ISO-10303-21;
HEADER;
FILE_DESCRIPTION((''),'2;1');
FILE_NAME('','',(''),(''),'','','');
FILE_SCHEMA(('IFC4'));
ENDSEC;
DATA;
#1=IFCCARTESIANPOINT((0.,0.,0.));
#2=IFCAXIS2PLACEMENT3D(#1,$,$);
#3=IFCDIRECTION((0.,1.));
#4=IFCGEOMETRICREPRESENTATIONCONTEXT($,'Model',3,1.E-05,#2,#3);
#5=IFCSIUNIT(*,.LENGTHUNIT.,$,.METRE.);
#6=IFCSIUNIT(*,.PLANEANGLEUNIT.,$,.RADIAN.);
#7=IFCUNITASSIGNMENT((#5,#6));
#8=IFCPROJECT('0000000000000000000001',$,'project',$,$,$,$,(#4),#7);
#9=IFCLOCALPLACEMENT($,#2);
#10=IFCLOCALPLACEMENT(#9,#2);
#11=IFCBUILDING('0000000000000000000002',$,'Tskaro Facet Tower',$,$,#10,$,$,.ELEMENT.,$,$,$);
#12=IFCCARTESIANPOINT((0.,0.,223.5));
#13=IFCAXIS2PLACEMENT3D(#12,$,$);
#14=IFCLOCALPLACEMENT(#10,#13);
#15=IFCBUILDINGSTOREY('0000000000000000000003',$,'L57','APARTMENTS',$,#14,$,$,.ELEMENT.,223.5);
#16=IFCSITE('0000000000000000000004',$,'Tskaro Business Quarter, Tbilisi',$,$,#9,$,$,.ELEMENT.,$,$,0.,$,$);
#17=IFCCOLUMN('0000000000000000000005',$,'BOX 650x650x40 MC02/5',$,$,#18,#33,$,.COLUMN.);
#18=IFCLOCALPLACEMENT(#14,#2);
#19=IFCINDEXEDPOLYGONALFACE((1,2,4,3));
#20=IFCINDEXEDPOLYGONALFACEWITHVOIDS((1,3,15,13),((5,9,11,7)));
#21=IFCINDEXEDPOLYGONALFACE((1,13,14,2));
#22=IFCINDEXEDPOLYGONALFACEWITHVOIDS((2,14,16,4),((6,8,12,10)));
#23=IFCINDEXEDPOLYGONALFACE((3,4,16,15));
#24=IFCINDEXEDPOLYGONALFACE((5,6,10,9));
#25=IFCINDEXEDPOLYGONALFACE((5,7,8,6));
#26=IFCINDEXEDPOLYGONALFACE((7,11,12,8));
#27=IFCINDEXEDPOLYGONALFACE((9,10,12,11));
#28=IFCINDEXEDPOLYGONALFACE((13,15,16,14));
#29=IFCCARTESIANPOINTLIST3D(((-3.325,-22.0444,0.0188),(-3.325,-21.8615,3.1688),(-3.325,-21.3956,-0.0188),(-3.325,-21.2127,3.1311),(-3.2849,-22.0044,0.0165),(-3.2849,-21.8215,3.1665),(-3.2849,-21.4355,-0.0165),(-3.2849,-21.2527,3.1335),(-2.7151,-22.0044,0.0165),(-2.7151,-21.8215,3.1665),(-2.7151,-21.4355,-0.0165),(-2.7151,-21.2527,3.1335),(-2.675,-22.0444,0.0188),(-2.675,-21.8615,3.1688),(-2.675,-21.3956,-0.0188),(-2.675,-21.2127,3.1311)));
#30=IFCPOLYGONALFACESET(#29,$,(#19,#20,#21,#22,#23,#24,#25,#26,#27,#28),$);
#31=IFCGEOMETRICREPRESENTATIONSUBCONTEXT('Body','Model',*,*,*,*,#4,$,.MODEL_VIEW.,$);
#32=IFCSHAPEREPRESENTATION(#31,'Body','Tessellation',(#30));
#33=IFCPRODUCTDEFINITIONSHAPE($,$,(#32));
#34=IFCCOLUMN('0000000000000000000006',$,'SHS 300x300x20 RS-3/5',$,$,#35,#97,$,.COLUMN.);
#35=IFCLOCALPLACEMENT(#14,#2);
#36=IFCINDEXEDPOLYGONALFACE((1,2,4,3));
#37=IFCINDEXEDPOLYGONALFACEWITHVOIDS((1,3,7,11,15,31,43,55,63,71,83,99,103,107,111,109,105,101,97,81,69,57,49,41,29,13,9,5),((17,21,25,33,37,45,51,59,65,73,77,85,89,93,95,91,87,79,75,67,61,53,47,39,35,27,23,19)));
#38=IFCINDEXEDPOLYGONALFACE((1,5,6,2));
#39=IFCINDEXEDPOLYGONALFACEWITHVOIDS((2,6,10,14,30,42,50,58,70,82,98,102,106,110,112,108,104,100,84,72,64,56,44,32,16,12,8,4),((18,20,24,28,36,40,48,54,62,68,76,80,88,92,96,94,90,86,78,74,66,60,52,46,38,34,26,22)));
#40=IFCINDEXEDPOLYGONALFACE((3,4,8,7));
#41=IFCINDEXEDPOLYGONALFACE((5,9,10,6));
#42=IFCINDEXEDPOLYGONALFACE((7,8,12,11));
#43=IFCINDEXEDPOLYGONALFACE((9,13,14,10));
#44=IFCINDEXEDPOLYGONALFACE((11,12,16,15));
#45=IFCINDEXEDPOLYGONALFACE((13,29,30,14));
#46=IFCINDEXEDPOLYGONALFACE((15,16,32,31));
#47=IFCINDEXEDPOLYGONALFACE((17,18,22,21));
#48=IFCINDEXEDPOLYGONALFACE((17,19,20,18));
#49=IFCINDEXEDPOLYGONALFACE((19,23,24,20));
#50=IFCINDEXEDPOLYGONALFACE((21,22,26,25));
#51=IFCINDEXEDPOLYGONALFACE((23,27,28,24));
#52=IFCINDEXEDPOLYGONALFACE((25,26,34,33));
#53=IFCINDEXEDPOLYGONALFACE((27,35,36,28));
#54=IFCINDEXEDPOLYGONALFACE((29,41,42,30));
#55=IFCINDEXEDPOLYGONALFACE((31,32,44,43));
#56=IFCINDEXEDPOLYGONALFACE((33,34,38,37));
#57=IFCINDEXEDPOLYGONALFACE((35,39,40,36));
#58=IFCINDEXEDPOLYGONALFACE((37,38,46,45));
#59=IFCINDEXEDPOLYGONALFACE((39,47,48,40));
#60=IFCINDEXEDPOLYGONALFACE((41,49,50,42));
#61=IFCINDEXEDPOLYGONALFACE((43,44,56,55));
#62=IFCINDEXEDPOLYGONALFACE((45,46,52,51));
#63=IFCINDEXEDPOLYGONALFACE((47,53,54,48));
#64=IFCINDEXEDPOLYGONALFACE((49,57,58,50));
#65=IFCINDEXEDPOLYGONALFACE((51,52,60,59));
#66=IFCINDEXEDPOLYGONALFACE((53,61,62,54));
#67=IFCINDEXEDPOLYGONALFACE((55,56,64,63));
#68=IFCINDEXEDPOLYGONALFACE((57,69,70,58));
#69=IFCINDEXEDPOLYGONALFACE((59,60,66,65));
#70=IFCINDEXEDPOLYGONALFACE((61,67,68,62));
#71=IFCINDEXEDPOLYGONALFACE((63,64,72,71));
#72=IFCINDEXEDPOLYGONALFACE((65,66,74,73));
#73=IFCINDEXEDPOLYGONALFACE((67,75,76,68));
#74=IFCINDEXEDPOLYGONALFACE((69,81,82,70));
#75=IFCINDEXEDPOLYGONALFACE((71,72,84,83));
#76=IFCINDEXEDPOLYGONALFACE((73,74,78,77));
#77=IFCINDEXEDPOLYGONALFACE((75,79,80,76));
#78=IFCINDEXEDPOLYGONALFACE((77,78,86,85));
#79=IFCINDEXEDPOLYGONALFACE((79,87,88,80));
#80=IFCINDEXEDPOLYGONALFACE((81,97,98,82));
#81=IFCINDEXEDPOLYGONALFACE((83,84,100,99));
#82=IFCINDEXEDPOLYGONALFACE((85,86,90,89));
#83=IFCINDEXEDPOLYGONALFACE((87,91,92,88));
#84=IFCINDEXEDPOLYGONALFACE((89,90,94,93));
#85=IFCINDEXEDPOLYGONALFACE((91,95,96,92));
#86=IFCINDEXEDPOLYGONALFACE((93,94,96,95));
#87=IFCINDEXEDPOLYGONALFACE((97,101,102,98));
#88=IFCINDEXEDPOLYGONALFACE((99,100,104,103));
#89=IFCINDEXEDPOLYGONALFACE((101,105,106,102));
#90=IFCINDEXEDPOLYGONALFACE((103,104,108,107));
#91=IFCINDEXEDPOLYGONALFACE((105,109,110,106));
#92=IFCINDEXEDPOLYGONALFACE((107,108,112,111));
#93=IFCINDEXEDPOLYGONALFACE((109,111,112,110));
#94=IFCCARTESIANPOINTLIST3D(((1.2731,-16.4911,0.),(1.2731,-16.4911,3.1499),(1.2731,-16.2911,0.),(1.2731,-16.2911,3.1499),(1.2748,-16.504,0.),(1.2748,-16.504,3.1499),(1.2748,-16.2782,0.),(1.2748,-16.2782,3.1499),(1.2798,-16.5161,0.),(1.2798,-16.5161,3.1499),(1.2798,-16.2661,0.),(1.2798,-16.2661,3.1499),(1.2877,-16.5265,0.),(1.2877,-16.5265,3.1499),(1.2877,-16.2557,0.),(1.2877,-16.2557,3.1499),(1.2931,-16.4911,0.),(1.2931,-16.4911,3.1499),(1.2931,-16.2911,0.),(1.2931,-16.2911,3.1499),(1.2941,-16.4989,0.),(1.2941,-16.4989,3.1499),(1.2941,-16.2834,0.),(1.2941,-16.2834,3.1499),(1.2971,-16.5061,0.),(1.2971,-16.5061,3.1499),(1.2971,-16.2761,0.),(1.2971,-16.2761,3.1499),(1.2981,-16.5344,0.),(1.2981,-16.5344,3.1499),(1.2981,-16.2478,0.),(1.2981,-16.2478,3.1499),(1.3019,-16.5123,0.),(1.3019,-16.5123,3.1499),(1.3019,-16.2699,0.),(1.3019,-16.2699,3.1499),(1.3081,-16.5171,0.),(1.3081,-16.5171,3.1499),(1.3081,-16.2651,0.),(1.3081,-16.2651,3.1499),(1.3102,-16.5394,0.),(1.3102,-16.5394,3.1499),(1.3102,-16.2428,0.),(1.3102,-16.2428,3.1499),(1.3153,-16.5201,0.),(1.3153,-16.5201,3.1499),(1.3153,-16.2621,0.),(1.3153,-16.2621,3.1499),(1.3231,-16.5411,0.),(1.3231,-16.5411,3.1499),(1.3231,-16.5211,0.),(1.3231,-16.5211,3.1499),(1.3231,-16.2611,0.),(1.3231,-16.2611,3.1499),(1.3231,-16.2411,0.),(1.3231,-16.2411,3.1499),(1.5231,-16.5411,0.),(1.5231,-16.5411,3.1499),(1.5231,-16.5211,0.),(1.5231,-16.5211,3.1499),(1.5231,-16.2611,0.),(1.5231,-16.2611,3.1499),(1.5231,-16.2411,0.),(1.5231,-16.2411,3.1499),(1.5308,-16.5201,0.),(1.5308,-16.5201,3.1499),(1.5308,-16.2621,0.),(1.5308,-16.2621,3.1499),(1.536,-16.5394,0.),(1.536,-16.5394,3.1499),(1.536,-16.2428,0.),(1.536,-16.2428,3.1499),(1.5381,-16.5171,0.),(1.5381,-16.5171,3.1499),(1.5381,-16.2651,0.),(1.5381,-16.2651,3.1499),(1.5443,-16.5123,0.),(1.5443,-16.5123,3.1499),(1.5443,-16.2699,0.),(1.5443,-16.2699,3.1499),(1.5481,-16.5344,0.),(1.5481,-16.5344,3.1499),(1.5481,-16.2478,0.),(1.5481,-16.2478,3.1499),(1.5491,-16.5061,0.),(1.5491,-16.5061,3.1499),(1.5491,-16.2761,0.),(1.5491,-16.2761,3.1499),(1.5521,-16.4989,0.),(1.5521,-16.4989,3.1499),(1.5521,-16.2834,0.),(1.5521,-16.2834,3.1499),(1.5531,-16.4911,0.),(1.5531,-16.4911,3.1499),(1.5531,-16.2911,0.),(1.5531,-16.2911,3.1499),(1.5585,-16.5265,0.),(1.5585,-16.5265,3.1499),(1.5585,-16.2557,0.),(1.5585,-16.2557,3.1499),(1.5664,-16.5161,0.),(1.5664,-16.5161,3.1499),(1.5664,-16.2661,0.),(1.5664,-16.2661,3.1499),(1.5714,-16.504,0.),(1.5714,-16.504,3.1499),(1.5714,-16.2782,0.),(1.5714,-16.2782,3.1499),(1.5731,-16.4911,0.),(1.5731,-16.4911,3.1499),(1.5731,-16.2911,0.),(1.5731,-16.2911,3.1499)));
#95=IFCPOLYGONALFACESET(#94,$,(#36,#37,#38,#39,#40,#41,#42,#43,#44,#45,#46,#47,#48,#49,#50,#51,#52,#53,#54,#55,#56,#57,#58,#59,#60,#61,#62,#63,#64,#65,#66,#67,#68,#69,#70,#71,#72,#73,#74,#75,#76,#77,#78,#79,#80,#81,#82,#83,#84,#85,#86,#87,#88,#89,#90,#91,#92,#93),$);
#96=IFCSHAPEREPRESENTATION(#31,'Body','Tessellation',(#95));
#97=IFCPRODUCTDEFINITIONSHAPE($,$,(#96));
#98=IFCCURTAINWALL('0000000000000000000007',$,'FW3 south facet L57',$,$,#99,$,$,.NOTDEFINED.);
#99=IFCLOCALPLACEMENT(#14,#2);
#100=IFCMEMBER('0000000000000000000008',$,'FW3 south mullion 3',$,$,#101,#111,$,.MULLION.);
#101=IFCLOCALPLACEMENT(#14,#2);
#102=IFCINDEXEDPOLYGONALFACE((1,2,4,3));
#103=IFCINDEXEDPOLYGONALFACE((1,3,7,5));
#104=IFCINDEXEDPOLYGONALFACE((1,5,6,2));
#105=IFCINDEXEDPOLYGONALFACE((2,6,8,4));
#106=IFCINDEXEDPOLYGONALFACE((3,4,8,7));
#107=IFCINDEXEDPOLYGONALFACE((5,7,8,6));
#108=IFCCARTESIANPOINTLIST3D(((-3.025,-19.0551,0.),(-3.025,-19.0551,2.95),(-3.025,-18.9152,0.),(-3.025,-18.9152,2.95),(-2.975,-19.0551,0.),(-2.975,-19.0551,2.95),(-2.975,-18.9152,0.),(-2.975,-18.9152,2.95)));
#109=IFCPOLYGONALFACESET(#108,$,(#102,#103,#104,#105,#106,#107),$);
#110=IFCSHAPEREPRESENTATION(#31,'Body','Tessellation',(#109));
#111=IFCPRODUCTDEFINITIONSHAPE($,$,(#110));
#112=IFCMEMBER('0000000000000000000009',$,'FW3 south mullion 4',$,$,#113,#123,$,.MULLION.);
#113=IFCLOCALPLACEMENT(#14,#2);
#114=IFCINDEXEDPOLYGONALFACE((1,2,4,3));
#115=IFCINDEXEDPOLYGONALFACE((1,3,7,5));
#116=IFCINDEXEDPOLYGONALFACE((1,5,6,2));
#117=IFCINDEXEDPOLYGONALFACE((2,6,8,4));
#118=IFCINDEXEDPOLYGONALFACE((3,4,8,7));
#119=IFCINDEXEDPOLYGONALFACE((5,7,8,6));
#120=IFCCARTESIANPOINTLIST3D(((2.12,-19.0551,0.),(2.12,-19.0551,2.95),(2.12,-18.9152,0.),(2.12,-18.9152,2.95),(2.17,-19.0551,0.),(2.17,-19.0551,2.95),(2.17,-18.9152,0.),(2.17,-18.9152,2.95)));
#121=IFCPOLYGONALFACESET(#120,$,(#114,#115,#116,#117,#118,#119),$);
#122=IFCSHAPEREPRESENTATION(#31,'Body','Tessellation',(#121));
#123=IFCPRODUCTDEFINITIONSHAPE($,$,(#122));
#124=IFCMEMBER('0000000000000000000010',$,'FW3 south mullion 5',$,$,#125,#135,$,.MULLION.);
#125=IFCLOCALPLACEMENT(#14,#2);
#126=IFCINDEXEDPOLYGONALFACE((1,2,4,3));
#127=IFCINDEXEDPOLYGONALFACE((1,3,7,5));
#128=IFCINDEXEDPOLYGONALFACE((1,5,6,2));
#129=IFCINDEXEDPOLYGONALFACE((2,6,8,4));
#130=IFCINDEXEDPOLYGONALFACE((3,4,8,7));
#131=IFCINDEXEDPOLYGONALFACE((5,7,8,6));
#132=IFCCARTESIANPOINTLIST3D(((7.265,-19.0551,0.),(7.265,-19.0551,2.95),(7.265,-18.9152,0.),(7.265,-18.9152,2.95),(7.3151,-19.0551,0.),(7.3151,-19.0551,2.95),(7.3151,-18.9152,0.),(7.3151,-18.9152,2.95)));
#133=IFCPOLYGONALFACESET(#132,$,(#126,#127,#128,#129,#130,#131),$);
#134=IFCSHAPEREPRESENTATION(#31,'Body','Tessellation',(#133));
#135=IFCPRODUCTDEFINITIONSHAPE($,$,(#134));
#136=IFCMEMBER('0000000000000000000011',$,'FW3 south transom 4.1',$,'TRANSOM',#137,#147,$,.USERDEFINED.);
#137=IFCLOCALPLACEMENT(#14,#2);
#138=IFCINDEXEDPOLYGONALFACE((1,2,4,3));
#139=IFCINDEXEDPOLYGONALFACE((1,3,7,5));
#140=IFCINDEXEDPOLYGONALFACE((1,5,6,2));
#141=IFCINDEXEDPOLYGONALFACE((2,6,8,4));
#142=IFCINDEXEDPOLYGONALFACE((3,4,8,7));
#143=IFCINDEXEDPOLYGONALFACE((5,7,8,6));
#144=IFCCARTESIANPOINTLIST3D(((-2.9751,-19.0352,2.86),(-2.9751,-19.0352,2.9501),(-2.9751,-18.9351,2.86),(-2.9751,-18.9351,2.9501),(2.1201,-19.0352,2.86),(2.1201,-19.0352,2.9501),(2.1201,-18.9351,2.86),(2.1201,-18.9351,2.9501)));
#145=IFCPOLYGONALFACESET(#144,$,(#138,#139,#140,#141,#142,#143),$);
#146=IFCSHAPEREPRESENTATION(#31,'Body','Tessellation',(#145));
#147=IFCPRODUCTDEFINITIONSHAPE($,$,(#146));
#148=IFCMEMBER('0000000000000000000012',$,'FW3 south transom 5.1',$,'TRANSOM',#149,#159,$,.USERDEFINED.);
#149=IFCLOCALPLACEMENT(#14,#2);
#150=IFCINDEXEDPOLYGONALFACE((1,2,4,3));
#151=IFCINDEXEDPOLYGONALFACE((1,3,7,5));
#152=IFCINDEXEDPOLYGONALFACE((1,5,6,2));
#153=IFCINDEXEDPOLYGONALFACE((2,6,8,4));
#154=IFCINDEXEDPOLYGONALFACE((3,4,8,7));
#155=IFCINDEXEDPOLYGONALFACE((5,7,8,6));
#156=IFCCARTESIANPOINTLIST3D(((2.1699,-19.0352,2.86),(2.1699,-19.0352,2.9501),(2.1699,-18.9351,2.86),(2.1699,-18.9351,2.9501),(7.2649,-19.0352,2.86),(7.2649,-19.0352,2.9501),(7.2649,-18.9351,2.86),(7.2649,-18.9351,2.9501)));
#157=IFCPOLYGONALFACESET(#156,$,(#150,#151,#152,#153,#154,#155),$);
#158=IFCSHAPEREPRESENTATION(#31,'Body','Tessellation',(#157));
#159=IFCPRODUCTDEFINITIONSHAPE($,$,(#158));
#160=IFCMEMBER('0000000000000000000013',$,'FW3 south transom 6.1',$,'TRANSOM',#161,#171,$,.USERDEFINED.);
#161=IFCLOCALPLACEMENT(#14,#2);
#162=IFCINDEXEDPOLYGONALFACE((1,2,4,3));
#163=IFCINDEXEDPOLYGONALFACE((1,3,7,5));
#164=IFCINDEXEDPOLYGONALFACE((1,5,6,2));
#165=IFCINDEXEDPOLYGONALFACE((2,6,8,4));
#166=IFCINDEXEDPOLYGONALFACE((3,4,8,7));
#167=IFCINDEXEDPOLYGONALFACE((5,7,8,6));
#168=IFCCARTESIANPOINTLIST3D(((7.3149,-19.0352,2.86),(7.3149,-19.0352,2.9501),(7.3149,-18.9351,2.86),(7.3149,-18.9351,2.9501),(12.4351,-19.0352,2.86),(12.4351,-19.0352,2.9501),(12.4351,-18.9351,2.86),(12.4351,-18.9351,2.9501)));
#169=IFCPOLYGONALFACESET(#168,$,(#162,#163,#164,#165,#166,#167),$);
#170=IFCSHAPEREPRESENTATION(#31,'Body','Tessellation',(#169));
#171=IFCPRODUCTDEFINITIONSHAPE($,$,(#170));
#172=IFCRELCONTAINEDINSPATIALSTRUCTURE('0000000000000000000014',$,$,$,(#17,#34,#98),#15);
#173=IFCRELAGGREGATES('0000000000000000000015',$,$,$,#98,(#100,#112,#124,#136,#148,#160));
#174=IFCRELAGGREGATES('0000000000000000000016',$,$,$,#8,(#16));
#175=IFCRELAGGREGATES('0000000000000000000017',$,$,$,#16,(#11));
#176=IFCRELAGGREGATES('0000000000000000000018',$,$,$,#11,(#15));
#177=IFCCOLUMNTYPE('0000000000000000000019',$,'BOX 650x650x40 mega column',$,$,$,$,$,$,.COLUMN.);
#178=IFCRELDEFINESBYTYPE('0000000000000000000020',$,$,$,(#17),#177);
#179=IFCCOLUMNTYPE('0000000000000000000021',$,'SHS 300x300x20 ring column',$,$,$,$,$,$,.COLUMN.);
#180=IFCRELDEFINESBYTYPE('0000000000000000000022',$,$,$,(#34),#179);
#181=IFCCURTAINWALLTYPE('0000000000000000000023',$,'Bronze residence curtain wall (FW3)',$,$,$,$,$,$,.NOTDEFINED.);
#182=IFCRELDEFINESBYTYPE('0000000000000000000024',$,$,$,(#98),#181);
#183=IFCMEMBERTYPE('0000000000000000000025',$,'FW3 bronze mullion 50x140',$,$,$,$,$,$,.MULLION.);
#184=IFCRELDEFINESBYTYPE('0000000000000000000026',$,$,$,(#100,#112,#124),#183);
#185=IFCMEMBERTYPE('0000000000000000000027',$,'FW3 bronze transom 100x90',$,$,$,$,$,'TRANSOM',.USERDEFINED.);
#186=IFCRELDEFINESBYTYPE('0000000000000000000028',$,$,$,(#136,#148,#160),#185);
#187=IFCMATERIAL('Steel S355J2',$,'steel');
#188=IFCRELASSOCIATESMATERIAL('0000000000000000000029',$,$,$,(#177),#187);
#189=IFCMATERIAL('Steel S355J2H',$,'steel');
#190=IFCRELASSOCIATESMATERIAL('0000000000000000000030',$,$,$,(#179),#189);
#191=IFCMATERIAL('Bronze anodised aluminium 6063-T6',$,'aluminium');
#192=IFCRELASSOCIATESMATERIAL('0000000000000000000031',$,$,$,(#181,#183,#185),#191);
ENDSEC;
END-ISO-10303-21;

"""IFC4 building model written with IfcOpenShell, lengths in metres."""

from ifc_helpers import new_model, si_unit, direction, frame, origin, origin_2d, place, context, subcontext, project, spatial, rectangle, hollow_rectangle, extrude, material, material_profile, profile_set, type_object, element, aggregate, save


model = new_model("IFC4")

# Units and contexts
model_context = context("Model", 3, precision=1e-05, world=origin(), true_north=direction((0.0, 1.0)))
body_context = subcontext(model_context, "Body", "Model", "MODEL_VIEW")
ifc_project = project(units=[si_unit("LENGTHUNIT", "METRE"), si_unit("PLANEANGLEUNIT", "RADIAN")], contexts=[model_context])

# Site, building, storey
site_placement = place(None, origin())
site = spatial("IfcSite", under=ifc_project, at=site_placement, Name="Tskaro Business Quarter, Tbilisi", CompositionType="ELEMENT", RefElevation=0.0)
building_placement = place(site_placement, origin())
building = spatial("IfcBuilding", under=site, at=building_placement, Name="Tskaro Facet Tower", CompositionType="ELEMENT")
storey_placement = place(building_placement, frame((0.0, 0.0, 223.5)))
storey = spatial("IfcBuildingStorey", under=building, at=storey_placement, Name="L57", Description="APARTMENTS", CompositionType="ELEMENT", Elevation=223.5)

# Columns
ifc_material_1 = material(Name="Steel S355J2", Category="steel")
ifc_material_profile_1 = material_profile(ifc_material_1, hollow_rectangle(XDim=0.6499, YDim=0.6499, WallThickness=0.04, at=origin_2d()), Name="BOX 650x650x40")
ifc_profile_set_1 = profile_set([ifc_material_profile_1], Name="Steel S355J2")
column_type_1 = type_object("IfcColumnType", Name="BOX 650x650x40 mega column", PredefinedType="COLUMN", material=ifc_profile_set_1)
column_1_placement = place(storey_placement, frame((-3.0, -21.72, 0.0), z_axis=(0.0, 0.057955, 0.998319), x_axis=(-1.0, 0.0, 0.0)))
element("IfcColumn", 1, at=column_1_placement, inside=storey, type_object=column_type_1, Name="BOX 650x650x40 MC02/5", PredefinedType="COLUMN", context=body_context, shape_type="SweptSolid", body=[
    extrude(hollow_rectangle(XDim=0.6499, YDim=0.6499, WallThickness=0.04, at=origin_2d()), origin(), (0.0, 0.0, 1.0), 3.1553),
])
ifc_material_2 = material(Name="Steel S355J2H", Category="steel")
ifc_material_profile_2 = material_profile(ifc_material_2, hollow_rectangle(XDim=0.3, YDim=0.3, WallThickness=0.02, InnerFilletRadius=0.03, OuterFilletRadius=0.05, at=origin_2d()), Name="SHS 300x300x20")
ifc_profile_set_2 = profile_set([ifc_material_profile_2], Name="Steel S355J2H")
column_type_2 = type_object("IfcColumnType", Name="SHS 300x300x20 ring column", PredefinedType="COLUMN", material=ifc_profile_set_2)
column_2_placement = place(storey_placement, frame((1.4231, -16.3911, 0.0), z_axis=(0.0, 0.0, 1.0), x_axis=(1.0, 0.0, 0.0)))
element("IfcColumn", 2, at=column_2_placement, inside=storey, type_object=column_type_2, Name="SHS 300x300x20 RS-3/5", PredefinedType="COLUMN", context=body_context, shape_type="SweptSolid", body=[
    extrude(hollow_rectangle(XDim=0.3, YDim=0.3, WallThickness=0.02, InnerFilletRadius=0.03, OuterFilletRadius=0.05, at=origin_2d()), origin(), (0.0, 0.0, 1.0), 3.1499),
])

# Curtain wall, members
ifc_material_3 = material(Name="Bronze anodised aluminium 6063-T6", Category="aluminium")
curtain_wall_type = type_object("IfcCurtainWallType", Name="Bronze residence curtain wall (FW3)", PredefinedType="NOTDEFINED", material=ifc_material_3)
curtain_wall_placement = place(storey_placement, origin())
curtain_wall = element("IfcCurtainWall", 3, at=curtain_wall_placement, inside=storey, type_object=curtain_wall_type, Name="FW3 south facet L57", PredefinedType="NOTDEFINED")
ifc_material_profile_3 = material_profile(ifc_material_3, rectangle(XDim=0.05, YDim=0.1399, at=origin_2d()), Name="Mullion 50x140")
ifc_profile_set_3 = profile_set([ifc_material_profile_3], Name="Bronze anodised aluminium 6063-T6")
member_type_1 = type_object("IfcMemberType", Name="FW3 bronze mullion 50x140", PredefinedType="MULLION", material=ifc_profile_set_3)
member_1_placement = place(storey_placement, frame((-3.0, -18.9851, 0.0), z_axis=(0.0, 0.0, 1.0), x_axis=(1.0, 0.0, 0.0)))
member_1 = element("IfcMember", 4, at=member_1_placement, type_object=member_type_1, Name="FW3 south mullion 3", PredefinedType="MULLION", context=body_context, shape_type="SweptSolid", body=[
    extrude(rectangle(XDim=0.05, YDim=0.1399, at=origin_2d()), origin(), (0.0, 0.0, 1.0), 2.95),
])
member_2_placement = place(storey_placement, frame((2.145, -18.9851, 0.0), z_axis=(0.0, 0.0, 1.0), x_axis=(1.0, 0.0, 0.0)))
member_2 = element("IfcMember", 5, at=member_2_placement, type_object=member_type_1, Name="FW3 south mullion 4", PredefinedType="MULLION", context=body_context, shape_type="SweptSolid", body=[
    extrude(rectangle(XDim=0.05, YDim=0.1399, at=origin_2d()), origin(), (0.0, 0.0, 1.0), 2.95),
])
member_3_placement = place(storey_placement, frame((7.29, -18.9851, 0.0), z_axis=(0.0, 0.0, 1.0), x_axis=(1.0, 0.0, 0.0)))
member_3 = element("IfcMember", 6, at=member_3_placement, type_object=member_type_1, Name="FW3 south mullion 5", PredefinedType="MULLION", context=body_context, shape_type="SweptSolid", body=[
    extrude(rectangle(XDim=0.05, YDim=0.1399, at=origin_2d()), origin(), (0.0, 0.0, 1.0), 2.95),
])
ifc_material_profile_4 = material_profile(ifc_material_3, rectangle(XDim=0.1001, YDim=0.0901, at=origin_2d()), Name="Transom 100x90")
ifc_profile_set_4 = profile_set([ifc_material_profile_4], Name="Bronze anodised aluminium 6063-T6")
member_type_2 = type_object("IfcMemberType", Name="FW3 bronze transom 100x90", ElementType="TRANSOM", PredefinedType="USERDEFINED", material=ifc_profile_set_4)
member_4_placement = place(storey_placement, frame((-2.9751, -18.9851, 2.905), z_axis=(1.0, 0.0, 0.0), x_axis=(0.0, 1.0, 0.0)))
member_4 = element("IfcMember", 7, at=member_4_placement, type_object=member_type_2, Name="FW3 south transom 4.1", ObjectType="TRANSOM", PredefinedType="USERDEFINED", context=body_context, shape_type="SweptSolid", body=[
    extrude(rectangle(XDim=0.1001, YDim=0.0901, at=origin_2d()), origin(), (0.0, 0.0, 1.0), 5.0952),
])
member_5_placement = place(storey_placement, frame((2.1699, -18.9851, 2.905), z_axis=(1.0, 0.0, 0.0), x_axis=(0.0, 1.0, 0.0)))
member_5 = element("IfcMember", 8, at=member_5_placement, type_object=member_type_2, Name="FW3 south transom 5.1", ObjectType="TRANSOM", PredefinedType="USERDEFINED", context=body_context, shape_type="SweptSolid", body=[
    extrude(rectangle(XDim=0.1001, YDim=0.0901, at=origin_2d()), origin(), (0.0, 0.0, 1.0), 5.095),
])
member_6_placement = place(storey_placement, frame((7.3149, -18.9851, 2.905), z_axis=(1.0, 0.0, 0.0), x_axis=(0.0, 1.0, 0.0)))
member_6 = element("IfcMember", 9, at=member_6_placement, type_object=member_type_2, Name="FW3 south transom 6.1", ObjectType="TRANSOM", PredefinedType="USERDEFINED", context=body_context, shape_type="SweptSolid", body=[
    extrude(rectangle(XDim=0.1001, YDim=0.0901, at=origin_2d()), origin(), (0.0, 0.0, 1.0), 5.1201),
])

aggregate(curtain_wall, [member_1, member_2, member_3, member_4, member_5, member_6])

save(model, "model.ifc")
